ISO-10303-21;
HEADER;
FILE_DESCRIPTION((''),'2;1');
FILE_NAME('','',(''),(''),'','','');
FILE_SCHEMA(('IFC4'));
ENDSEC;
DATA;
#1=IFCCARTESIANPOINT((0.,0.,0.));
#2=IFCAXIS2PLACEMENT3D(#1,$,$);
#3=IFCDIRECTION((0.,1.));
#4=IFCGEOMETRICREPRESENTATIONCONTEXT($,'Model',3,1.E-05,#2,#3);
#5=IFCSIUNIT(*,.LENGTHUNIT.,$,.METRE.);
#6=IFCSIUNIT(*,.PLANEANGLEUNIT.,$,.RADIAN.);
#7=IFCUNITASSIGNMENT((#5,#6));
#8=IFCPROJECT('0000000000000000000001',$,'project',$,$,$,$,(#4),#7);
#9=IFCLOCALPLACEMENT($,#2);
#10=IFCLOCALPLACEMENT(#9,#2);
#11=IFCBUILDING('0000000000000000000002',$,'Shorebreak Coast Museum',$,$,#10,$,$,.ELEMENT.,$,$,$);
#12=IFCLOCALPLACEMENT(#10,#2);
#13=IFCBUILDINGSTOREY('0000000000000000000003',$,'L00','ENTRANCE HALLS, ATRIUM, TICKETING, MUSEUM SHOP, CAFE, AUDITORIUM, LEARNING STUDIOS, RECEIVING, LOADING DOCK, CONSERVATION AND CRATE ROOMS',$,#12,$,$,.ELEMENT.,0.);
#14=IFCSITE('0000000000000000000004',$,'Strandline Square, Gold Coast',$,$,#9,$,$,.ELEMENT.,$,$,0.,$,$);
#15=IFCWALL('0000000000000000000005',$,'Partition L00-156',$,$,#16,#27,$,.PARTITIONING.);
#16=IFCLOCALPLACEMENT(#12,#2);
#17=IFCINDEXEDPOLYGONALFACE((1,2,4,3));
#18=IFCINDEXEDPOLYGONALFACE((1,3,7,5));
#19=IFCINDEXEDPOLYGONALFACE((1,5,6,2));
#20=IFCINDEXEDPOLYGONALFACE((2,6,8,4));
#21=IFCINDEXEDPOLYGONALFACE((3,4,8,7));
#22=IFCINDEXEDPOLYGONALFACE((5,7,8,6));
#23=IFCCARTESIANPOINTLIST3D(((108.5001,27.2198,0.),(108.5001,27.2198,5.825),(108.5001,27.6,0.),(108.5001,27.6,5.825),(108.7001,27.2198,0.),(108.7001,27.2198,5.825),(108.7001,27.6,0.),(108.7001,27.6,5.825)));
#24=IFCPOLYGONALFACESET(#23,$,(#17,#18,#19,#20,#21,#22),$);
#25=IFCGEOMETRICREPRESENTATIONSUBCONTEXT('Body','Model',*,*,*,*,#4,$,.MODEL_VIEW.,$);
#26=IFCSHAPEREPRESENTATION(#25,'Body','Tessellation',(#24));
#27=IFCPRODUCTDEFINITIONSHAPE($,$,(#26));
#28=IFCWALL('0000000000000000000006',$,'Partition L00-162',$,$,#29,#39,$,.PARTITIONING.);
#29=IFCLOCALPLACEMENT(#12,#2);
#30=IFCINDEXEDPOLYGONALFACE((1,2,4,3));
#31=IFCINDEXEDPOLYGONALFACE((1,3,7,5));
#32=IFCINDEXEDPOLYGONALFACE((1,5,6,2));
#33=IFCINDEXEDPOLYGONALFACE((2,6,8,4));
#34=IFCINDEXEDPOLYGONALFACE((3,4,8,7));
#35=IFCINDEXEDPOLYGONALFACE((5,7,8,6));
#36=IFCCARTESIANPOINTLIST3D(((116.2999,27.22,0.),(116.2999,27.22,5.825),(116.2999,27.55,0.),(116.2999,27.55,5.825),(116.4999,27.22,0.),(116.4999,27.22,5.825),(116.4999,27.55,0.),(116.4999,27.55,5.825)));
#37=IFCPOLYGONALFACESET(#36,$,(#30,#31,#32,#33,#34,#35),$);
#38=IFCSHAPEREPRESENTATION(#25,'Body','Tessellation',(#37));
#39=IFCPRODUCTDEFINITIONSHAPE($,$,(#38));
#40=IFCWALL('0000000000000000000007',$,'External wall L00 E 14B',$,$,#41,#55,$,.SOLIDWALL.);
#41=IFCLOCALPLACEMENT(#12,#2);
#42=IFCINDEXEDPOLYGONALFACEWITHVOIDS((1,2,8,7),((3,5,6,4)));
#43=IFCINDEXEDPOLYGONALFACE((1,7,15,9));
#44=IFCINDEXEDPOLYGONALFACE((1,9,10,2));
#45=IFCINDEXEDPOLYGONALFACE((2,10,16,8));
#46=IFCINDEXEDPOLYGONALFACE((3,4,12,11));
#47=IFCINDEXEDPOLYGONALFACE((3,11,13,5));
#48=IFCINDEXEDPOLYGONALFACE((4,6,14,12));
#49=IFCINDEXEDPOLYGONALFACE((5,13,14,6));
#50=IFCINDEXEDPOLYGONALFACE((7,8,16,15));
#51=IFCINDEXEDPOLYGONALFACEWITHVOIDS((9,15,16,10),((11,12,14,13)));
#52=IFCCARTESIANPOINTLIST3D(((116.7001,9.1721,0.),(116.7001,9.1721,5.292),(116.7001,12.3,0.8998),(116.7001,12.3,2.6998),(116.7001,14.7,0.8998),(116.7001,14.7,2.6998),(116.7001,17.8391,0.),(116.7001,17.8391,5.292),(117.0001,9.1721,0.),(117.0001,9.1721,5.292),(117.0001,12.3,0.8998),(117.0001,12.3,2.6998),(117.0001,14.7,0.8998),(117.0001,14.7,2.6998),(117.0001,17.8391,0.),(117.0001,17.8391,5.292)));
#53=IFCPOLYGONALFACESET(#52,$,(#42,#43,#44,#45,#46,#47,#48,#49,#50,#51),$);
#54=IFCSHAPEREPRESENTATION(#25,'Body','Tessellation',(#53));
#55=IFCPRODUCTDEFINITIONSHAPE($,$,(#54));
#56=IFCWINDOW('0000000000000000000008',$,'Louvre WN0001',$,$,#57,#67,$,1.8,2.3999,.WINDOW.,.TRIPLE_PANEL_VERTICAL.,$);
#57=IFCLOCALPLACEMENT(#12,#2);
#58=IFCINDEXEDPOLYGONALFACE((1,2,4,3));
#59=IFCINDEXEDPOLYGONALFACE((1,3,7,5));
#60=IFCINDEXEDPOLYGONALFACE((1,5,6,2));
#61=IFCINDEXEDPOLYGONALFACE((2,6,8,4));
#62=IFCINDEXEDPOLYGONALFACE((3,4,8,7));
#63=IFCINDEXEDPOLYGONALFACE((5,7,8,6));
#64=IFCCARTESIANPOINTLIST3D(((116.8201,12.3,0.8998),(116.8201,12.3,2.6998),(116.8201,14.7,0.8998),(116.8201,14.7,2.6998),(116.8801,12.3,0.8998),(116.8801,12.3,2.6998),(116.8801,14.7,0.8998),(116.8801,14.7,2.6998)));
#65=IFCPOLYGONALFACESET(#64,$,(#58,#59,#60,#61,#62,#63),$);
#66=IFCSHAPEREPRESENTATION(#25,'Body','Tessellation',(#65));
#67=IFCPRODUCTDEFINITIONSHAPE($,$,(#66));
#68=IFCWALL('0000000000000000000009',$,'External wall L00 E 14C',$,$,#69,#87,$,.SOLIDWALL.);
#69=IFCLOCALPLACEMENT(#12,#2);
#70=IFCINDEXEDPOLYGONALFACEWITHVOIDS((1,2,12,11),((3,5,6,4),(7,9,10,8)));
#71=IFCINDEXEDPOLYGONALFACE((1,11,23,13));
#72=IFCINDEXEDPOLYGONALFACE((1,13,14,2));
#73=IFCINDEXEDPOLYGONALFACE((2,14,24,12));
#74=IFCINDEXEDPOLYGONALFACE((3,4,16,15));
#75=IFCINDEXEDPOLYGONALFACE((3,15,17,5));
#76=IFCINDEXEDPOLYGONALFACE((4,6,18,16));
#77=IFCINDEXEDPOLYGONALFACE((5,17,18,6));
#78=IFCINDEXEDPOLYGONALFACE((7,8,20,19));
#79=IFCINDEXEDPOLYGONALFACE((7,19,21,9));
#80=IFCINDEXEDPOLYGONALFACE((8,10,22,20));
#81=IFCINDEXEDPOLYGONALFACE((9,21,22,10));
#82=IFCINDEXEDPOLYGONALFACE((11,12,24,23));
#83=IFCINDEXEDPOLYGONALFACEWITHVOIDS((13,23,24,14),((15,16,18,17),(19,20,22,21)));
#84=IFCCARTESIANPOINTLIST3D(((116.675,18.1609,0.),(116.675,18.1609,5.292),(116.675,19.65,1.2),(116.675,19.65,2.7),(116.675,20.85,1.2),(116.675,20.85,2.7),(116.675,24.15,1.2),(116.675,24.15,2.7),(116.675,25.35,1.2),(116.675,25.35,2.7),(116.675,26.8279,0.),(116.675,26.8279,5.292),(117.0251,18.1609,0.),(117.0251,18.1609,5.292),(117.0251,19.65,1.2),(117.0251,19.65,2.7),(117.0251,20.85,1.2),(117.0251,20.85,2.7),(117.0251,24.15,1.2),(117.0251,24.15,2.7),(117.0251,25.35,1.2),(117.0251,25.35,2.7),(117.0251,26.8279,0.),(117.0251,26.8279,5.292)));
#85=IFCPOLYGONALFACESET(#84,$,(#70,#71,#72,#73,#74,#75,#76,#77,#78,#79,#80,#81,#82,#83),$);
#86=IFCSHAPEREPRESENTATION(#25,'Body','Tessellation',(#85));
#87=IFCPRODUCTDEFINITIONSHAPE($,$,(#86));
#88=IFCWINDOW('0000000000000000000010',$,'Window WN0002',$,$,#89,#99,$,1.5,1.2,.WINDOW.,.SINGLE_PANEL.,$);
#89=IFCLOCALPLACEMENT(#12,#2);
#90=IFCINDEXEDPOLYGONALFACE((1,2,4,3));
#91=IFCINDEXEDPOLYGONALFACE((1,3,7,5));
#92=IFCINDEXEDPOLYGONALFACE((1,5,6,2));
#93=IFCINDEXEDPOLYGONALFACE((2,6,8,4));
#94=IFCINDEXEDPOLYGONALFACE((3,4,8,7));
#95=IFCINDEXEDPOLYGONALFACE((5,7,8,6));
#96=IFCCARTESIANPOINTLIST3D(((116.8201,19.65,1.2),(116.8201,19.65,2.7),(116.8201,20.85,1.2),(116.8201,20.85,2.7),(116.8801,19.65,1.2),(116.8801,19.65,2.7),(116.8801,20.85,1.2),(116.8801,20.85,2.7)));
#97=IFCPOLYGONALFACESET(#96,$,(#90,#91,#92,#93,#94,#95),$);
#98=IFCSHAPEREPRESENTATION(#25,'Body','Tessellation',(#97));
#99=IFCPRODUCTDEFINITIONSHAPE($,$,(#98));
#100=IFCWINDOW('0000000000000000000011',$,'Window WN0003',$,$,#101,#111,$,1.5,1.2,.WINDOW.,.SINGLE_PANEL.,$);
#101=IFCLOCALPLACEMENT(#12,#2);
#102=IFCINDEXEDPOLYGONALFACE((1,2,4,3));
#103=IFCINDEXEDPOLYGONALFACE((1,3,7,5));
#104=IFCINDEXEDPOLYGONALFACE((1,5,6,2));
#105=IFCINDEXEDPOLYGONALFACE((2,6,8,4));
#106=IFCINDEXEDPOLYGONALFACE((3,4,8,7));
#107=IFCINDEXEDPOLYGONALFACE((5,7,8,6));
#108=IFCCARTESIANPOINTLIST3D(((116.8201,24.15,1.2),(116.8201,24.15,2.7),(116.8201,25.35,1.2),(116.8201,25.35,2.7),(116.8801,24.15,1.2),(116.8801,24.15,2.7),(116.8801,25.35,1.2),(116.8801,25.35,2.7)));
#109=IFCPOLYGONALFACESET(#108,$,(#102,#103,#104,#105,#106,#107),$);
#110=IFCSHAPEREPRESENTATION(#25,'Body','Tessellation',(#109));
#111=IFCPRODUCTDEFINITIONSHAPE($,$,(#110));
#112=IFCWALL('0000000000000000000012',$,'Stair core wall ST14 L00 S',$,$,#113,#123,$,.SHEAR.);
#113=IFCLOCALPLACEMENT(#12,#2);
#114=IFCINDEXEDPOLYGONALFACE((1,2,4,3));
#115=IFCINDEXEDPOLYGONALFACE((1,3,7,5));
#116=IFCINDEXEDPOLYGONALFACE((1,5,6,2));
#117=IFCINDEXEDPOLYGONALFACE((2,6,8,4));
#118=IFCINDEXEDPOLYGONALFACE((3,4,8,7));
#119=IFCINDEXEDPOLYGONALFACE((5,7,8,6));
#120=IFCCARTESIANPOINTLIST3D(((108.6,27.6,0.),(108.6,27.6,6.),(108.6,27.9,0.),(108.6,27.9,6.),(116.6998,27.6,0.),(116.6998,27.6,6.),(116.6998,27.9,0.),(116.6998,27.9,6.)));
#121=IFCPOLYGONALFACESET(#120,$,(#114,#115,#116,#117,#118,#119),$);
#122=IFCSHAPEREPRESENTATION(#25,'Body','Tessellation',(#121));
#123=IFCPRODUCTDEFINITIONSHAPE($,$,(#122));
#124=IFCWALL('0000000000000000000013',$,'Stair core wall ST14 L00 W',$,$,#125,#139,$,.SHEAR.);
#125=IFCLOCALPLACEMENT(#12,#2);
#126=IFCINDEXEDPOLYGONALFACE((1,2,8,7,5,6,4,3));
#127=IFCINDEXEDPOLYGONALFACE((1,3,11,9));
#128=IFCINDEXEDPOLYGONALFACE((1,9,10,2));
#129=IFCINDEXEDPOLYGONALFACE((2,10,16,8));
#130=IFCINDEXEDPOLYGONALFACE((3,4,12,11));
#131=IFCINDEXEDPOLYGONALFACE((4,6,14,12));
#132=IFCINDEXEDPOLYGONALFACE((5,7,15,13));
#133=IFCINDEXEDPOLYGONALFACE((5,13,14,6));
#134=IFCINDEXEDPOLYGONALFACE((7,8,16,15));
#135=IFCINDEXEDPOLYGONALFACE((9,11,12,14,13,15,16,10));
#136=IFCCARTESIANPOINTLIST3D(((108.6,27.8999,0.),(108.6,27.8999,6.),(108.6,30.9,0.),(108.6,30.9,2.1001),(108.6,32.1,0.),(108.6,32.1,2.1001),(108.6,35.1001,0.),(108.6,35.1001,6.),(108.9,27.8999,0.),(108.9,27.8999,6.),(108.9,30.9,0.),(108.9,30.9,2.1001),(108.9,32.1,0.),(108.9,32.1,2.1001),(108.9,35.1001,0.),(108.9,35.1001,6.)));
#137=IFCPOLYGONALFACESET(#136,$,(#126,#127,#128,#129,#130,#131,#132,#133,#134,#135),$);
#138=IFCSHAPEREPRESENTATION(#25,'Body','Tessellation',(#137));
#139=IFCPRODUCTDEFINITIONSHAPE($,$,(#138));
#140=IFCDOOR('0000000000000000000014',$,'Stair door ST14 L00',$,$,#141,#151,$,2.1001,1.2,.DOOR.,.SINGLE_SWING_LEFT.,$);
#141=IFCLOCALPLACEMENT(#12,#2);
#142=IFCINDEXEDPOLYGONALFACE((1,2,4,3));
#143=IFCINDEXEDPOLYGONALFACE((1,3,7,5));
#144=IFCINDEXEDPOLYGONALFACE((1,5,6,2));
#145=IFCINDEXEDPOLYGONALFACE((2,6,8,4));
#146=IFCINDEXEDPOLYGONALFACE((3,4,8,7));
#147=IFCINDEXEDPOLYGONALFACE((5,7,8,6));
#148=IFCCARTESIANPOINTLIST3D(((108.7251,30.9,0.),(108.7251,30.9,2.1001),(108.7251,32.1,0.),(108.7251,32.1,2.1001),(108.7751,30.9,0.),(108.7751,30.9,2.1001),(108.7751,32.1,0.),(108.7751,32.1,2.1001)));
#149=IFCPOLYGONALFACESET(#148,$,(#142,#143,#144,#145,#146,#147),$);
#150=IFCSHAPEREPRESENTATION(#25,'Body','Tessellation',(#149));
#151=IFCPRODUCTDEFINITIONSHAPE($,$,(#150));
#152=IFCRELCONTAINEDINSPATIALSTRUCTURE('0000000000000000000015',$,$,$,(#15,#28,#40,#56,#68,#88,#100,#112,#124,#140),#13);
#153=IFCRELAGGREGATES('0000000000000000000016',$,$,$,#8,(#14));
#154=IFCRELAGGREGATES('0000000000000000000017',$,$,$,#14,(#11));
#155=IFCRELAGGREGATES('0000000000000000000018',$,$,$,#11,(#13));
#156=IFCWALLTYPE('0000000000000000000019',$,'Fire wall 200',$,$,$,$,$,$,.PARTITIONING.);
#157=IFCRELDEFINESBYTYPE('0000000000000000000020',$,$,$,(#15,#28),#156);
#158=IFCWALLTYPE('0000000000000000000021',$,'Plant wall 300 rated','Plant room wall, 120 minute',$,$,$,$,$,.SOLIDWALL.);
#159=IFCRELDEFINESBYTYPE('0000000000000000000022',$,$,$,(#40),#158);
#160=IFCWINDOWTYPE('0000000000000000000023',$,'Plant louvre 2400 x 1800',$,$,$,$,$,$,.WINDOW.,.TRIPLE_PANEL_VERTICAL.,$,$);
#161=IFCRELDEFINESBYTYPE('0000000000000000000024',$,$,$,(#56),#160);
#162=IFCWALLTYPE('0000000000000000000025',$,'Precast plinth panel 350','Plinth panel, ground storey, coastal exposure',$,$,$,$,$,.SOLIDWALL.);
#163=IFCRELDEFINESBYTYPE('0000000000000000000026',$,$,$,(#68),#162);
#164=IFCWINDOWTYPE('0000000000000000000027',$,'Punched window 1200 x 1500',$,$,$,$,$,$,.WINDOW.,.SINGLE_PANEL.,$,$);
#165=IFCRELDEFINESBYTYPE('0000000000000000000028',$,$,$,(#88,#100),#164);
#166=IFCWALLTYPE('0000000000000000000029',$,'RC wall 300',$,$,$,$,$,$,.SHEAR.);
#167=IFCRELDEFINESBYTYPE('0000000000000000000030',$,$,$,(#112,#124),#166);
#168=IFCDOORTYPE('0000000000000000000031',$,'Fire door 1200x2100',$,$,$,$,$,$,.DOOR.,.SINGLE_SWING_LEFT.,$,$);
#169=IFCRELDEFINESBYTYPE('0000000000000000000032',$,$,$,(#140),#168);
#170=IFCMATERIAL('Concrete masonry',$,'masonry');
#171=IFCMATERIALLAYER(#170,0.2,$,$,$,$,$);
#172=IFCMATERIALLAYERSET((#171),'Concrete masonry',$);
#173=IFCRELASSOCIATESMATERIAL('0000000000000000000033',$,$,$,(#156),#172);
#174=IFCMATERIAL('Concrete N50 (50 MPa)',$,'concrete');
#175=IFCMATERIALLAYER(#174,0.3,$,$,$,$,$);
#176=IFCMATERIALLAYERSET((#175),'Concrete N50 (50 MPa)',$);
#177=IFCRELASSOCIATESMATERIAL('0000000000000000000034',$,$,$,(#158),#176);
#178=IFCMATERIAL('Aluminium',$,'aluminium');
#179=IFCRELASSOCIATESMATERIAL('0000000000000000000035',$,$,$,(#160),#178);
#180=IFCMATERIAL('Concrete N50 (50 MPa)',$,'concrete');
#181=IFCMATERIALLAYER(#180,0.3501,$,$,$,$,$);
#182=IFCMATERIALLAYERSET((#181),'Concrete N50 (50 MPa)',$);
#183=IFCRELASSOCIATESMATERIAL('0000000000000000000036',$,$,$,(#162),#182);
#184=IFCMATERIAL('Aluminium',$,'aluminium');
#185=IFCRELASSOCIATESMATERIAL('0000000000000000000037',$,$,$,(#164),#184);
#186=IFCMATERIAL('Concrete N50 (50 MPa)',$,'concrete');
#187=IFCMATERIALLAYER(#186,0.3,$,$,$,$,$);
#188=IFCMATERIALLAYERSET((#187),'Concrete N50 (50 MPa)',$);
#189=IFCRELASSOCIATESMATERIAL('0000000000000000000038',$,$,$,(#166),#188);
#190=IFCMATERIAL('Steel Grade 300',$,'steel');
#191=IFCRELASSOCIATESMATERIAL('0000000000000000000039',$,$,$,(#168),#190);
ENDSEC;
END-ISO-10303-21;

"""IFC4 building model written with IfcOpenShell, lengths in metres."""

from ifc_helpers import new_model, si_unit, direction, frame, frame_2d, origin, place, context, subcontext, project, spatial, rectangle, extrude, material, layer, layer_set, type_object, element, fill, save


model = new_model("IFC4")

# Units and contexts
model_context = context("Model", 3, precision=1e-05, world=origin(), true_north=direction((0.0, 1.0)))
body_context = subcontext(model_context, "Body", "Model", "MODEL_VIEW")
ifc_project = project(units=[si_unit("LENGTHUNIT", "METRE"), si_unit("PLANEANGLEUNIT", "RADIAN")], contexts=[model_context])

# Site, building, storey
site_placement = place(None, origin())
site = spatial("IfcSite", under=ifc_project, at=site_placement, Name="Strandline Square, Gold Coast", CompositionType="ELEMENT", RefElevation=0.0)
building_placement = place(site_placement, origin())
building = spatial("IfcBuilding", under=site, at=building_placement, Name="Shorebreak Coast Museum", CompositionType="ELEMENT")
storey_placement = place(building_placement, origin())
storey = spatial("IfcBuildingStorey", under=building, at=storey_placement, Name="L00", Description="ENTRANCE HALLS, ATRIUM, TICKETING, MUSEUM SHOP, CAFE, AUDITORIUM, LEARNING STUDIOS, RECEIVING, LOADING DOCK, CONSERVATION AND CRATE ROOMS", CompositionType="ELEMENT", Elevation=0.0)

# Shared definitions
ifc_material_1 = material(Name="Concrete masonry", Category="masonry")
ifc_layer_1 = layer(ifc_material_1, 0.2)
ifc_layer_set_1 = layer_set([ifc_layer_1], Name="Concrete masonry")
wall_type_1 = type_object("IfcWallType", Name="Fire wall 200", PredefinedType="PARTITIONING", material=ifc_layer_set_1)

# Walls
wall_1_placement = place(storey_placement, frame((108.6001, 27.22, 0.0), z_axis=(0.0, 0.0, 1.0), x_axis=(0.0, 1.0, 0.0)))
element("IfcWall", 1, at=wall_1_placement, inside=storey, type_object=wall_type_1, Name="Partition L00-156", PredefinedType="PARTITIONING", context=body_context, shape_type="SweptSolid", body=[
    extrude(rectangle(XDim=0.3801, YDim=0.2, at=frame_2d((0.1899, 0.0))), origin(), (0.0, 0.0, 1.0), 5.825),
])
wall_2_placement = place(storey_placement, frame((116.3999, 27.22, 0.0), z_axis=(0.0, 0.0, 1.0), x_axis=(0.0, 1.0, 0.0)))
element("IfcWall", 2, at=wall_2_placement, inside=storey, type_object=wall_type_1, Name="Partition L00-162", PredefinedType="PARTITIONING", context=body_context, shape_type="SweptSolid", body=[
    extrude(rectangle(XDim=0.3301, YDim=0.2, at=frame_2d((0.165, 0.0))), origin(), (0.0, 0.0, 1.0), 5.825),
])

# Wall, opening, window
ifc_material_2 = material(Name="Concrete N50 (50 MPa)", Category="concrete")
ifc_layer_2 = layer(ifc_material_2, 0.3)
ifc_layer_set_2 = layer_set([ifc_layer_2], Name="Concrete N50 (50 MPa)")
wall_type_2 = type_object("IfcWallType", Name="Plant wall 300 rated", Description="Plant room wall, 120 minute", PredefinedType="SOLIDWALL", material=ifc_layer_set_2)
wall_3_placement = place(storey_placement, frame((116.8501, 9.1721, 0.0), z_axis=(0.0, 0.0, 1.0), x_axis=(0.0, 1.0, 0.0)))
wall_3 = element("IfcWall", 3, at=wall_3_placement, inside=storey, type_object=wall_type_2, Name="External wall L00 E 14B", PredefinedType="SOLIDWALL", context=body_context, shape_type="SweptSolid", body=[
    extrude(rectangle(XDim=8.667, YDim=0.3, at=frame_2d((4.3335, 0.0))), origin(), (0.0, 0.0, 1.0), 5.292),
])
opening_1_placement = place(wall_3_placement, frame((3.1279, 0.0, 0.8999)))
opening_1 = element("IfcOpeningElement", 4, at=opening_1_placement, cuts=wall_3, PredefinedType="OPENING", context=body_context, shape_type="SweptSolid", body=[
    extrude(rectangle(XDim=2.3999, YDim=1.8, at=frame_2d((1.2, 0.8999))), frame((0.0, 0.1599, 0.0), z_axis=(0.0, -1.0, 0.0), x_axis=(1.0, 0.0, 0.0)), (0.0, 0.0, 1.0), 0.3201),
])
ifc_material_3 = material(Name="Aluminium", Category="aluminium")
window_type_1 = type_object("IfcWindowType", Name="Plant louvre 2400 x 1800", PartitioningType="TRIPLE_PANEL_VERTICAL", PredefinedType="WINDOW", material=ifc_material_3)
window_1_placement = place(opening_1_placement, origin())
window_1 = element("IfcWindow", 5, at=window_1_placement, inside=storey, type_object=window_type_1, Name="Louvre WN0001", OverallHeight=1.8, OverallWidth=2.3999, PartitioningType="TRIPLE_PANEL_VERTICAL", PredefinedType="WINDOW", context=body_context, shape_type="SweptSolid", body=[
    extrude(rectangle(XDim=2.3999, YDim=1.8, at=frame_2d((1.2, 0.8999))), frame((0.0, 0.03, 0.0), z_axis=(0.0, -1.0, 0.0), x_axis=(1.0, 0.0, 0.0)), (0.0, 0.0, 1.0), 0.0601),
])
fill(opening_1, window_1)

# Wall, openings, windows
ifc_material_4 = material(Name="Concrete N50 (50 MPa)", Category="concrete")
ifc_layer_3 = layer(ifc_material_4, 0.3501)
ifc_layer_set_3 = layer_set([ifc_layer_3], Name="Concrete N50 (50 MPa)")
wall_type_3 = type_object("IfcWallType", Name="Precast plinth panel 350", Description="Plinth panel, ground storey, coastal exposure", PredefinedType="SOLIDWALL", material=ifc_layer_set_3)
wall_4_placement = place(storey_placement, frame((116.8501, 18.1609, 0.0), z_axis=(0.0, 0.0, 1.0), x_axis=(0.0, 1.0, 0.0)))
wall_4 = element("IfcWall", 6, at=wall_4_placement, inside=storey, type_object=wall_type_3, Name="External wall L00 E 14C", PredefinedType="SOLIDWALL", context=body_context, shape_type="SweptSolid", body=[
    extrude(rectangle(XDim=8.667, YDim=0.3501, at=frame_2d((4.3335, 0.0))), origin(), (0.0, 0.0, 1.0), 5.292),
])
opening_2_placement = place(wall_4_placement, frame((1.489, 0.0, 1.2)))
opening_2 = element("IfcOpeningElement", 7, at=opening_2_placement, cuts=wall_4, PredefinedType="OPENING", context=body_context, shape_type="SweptSolid", body=[
    extrude(rectangle(XDim=1.2, YDim=1.5, at=frame_2d((0.6001, 0.75))), frame((0.0, 0.1851, 0.0), z_axis=(0.0, -1.0, 0.0), x_axis=(1.0, 0.0, 0.0)), (0.0, 0.0, 1.0), 0.3701),
])
opening_3_placement = place(wall_4_placement, frame((5.989, 0.0, 1.2)))
opening_3 = element("IfcOpeningElement", 8, at=opening_3_placement, cuts=wall_4, PredefinedType="OPENING", context=body_context, shape_type="SweptSolid", body=[
    extrude(rectangle(XDim=1.2, YDim=1.5, at=frame_2d((0.6001, 0.75))), frame((0.0, 0.1851, 0.0), z_axis=(0.0, -1.0, 0.0), x_axis=(1.0, 0.0, 0.0)), (0.0, 0.0, 1.0), 0.3701),
])
ifc_material_5 = material(Name="Aluminium", Category="aluminium")
window_type_2 = type_object("IfcWindowType", Name="Punched window 1200 x 1500", PartitioningType="SINGLE_PANEL", PredefinedType="WINDOW", material=ifc_material_5)
window_2_placement = place(opening_2_placement, origin())
window_2 = element("IfcWindow", 9, at=window_2_placement, inside=storey, type_object=window_type_2, Name="Window WN0002", OverallHeight=1.5, OverallWidth=1.2, PartitioningType="SINGLE_PANEL", PredefinedType="WINDOW", context=body_context, shape_type="SweptSolid", body=[
    extrude(rectangle(XDim=1.2, YDim=1.5, at=frame_2d((0.6001, 0.75))), frame((0.0, 0.03, 0.0), z_axis=(0.0, -1.0, 0.0), x_axis=(1.0, 0.0, 0.0)), (0.0, 0.0, 1.0), 0.0601),
])
fill(opening_2, window_2)
window_3_placement = place(opening_3_placement, origin())
window_3 = element("IfcWindow", 10, at=window_3_placement, inside=storey, type_object=window_type_2, Name="Window WN0003", OverallHeight=1.5, OverallWidth=1.2, PartitioningType="SINGLE_PANEL", PredefinedType="WINDOW", context=body_context, shape_type="SweptSolid", body=[
    extrude(rectangle(XDim=1.2, YDim=1.5, at=frame_2d((0.6001, 0.75))), frame((0.0, 0.03, 0.0), z_axis=(0.0, -1.0, 0.0), x_axis=(1.0, 0.0, 0.0)), (0.0, 0.0, 1.0), 0.0601),
])
fill(opening_3, window_3)

# Wall
ifc_material_6 = material(Name="Concrete N50 (50 MPa)", Category="concrete")
ifc_layer_4 = layer(ifc_material_6, 0.3)
ifc_layer_set_4 = layer_set([ifc_layer_4], Name="Concrete N50 (50 MPa)")
wall_type_4 = type_object("IfcWallType", Name="RC wall 300", PredefinedType="SHEAR", material=ifc_layer_set_4)
wall_5_placement = place(storey_placement, frame((108.6001, 27.75, 0.0), z_axis=(0.0, 0.0, 1.0), x_axis=(1.0, 0.0, 0.0)))
element("IfcWall", 11, at=wall_5_placement, inside=storey, type_object=wall_type_4, Name="Stair core wall ST14 L00 S", PredefinedType="SHEAR", context=body_context, shape_type="SweptSolid", body=[
    extrude(rectangle(XDim=8.0999, YDim=0.3, at=frame_2d((4.0498, 0.0))), origin(), (0.0, 0.0, 1.0), 6.0),
])

# Wall, opening, door
wall_6_placement = place(storey_placement, frame((108.75, 27.8999, 0.0), z_axis=(0.0, 0.0, 1.0), x_axis=(0.0, 1.0, 0.0)))
wall_6 = element("IfcWall", 12, at=wall_6_placement, inside=storey, type_object=wall_type_4, Name="Stair core wall ST14 L00 W", PredefinedType="SHEAR", context=body_context, shape_type="SweptSolid", body=[
    extrude(rectangle(XDim=7.2002, YDim=0.3, at=frame_2d((3.6001, 0.0))), origin(), (0.0, 0.0, 1.0), 6.0),
])
opening_4_placement = place(wall_6_placement, frame((3.0, 0.0, 0.0)))
opening_4 = element("IfcOpeningElement", 13, at=opening_4_placement, cuts=wall_6, PredefinedType="OPENING", context=body_context, shape_type="SweptSolid", body=[
    extrude(rectangle(XDim=1.2, YDim=2.1001, at=frame_2d((0.6001, 1.05))), frame((0.0, 0.1599, 0.0), z_axis=(0.0, -1.0, 0.0), x_axis=(1.0, 0.0, 0.0)), (0.0, 0.0, 1.0), 0.3201),
])
ifc_material_7 = material(Name="Steel Grade 300", Category="steel")
door_type_1 = type_object("IfcDoorType", Name="Fire door 1200x2100", OperationType="SINGLE_SWING_LEFT", PredefinedType="DOOR", material=ifc_material_7)
door_1_placement = place(opening_4_placement, origin())
door_1 = element("IfcDoor", 14, at=door_1_placement, inside=storey, type_object=door_type_1, Name="Stair door ST14 L00", OperationType="SINGLE_SWING_LEFT", OverallHeight=2.1001, OverallWidth=1.2, PredefinedType="DOOR", context=body_context, shape_type="SweptSolid", body=[
    extrude(rectangle(XDim=1.2, YDim=2.1001, at=frame_2d((0.6001, 1.05))), frame((0.0, 0.0249, 0.0), z_axis=(0.0, -1.0, 0.0), x_axis=(1.0, 0.0, 0.0)), (0.0, 0.0, 1.0), 0.05),
])
fill(opening_4, door_1)

save(model, "model.ifc")
